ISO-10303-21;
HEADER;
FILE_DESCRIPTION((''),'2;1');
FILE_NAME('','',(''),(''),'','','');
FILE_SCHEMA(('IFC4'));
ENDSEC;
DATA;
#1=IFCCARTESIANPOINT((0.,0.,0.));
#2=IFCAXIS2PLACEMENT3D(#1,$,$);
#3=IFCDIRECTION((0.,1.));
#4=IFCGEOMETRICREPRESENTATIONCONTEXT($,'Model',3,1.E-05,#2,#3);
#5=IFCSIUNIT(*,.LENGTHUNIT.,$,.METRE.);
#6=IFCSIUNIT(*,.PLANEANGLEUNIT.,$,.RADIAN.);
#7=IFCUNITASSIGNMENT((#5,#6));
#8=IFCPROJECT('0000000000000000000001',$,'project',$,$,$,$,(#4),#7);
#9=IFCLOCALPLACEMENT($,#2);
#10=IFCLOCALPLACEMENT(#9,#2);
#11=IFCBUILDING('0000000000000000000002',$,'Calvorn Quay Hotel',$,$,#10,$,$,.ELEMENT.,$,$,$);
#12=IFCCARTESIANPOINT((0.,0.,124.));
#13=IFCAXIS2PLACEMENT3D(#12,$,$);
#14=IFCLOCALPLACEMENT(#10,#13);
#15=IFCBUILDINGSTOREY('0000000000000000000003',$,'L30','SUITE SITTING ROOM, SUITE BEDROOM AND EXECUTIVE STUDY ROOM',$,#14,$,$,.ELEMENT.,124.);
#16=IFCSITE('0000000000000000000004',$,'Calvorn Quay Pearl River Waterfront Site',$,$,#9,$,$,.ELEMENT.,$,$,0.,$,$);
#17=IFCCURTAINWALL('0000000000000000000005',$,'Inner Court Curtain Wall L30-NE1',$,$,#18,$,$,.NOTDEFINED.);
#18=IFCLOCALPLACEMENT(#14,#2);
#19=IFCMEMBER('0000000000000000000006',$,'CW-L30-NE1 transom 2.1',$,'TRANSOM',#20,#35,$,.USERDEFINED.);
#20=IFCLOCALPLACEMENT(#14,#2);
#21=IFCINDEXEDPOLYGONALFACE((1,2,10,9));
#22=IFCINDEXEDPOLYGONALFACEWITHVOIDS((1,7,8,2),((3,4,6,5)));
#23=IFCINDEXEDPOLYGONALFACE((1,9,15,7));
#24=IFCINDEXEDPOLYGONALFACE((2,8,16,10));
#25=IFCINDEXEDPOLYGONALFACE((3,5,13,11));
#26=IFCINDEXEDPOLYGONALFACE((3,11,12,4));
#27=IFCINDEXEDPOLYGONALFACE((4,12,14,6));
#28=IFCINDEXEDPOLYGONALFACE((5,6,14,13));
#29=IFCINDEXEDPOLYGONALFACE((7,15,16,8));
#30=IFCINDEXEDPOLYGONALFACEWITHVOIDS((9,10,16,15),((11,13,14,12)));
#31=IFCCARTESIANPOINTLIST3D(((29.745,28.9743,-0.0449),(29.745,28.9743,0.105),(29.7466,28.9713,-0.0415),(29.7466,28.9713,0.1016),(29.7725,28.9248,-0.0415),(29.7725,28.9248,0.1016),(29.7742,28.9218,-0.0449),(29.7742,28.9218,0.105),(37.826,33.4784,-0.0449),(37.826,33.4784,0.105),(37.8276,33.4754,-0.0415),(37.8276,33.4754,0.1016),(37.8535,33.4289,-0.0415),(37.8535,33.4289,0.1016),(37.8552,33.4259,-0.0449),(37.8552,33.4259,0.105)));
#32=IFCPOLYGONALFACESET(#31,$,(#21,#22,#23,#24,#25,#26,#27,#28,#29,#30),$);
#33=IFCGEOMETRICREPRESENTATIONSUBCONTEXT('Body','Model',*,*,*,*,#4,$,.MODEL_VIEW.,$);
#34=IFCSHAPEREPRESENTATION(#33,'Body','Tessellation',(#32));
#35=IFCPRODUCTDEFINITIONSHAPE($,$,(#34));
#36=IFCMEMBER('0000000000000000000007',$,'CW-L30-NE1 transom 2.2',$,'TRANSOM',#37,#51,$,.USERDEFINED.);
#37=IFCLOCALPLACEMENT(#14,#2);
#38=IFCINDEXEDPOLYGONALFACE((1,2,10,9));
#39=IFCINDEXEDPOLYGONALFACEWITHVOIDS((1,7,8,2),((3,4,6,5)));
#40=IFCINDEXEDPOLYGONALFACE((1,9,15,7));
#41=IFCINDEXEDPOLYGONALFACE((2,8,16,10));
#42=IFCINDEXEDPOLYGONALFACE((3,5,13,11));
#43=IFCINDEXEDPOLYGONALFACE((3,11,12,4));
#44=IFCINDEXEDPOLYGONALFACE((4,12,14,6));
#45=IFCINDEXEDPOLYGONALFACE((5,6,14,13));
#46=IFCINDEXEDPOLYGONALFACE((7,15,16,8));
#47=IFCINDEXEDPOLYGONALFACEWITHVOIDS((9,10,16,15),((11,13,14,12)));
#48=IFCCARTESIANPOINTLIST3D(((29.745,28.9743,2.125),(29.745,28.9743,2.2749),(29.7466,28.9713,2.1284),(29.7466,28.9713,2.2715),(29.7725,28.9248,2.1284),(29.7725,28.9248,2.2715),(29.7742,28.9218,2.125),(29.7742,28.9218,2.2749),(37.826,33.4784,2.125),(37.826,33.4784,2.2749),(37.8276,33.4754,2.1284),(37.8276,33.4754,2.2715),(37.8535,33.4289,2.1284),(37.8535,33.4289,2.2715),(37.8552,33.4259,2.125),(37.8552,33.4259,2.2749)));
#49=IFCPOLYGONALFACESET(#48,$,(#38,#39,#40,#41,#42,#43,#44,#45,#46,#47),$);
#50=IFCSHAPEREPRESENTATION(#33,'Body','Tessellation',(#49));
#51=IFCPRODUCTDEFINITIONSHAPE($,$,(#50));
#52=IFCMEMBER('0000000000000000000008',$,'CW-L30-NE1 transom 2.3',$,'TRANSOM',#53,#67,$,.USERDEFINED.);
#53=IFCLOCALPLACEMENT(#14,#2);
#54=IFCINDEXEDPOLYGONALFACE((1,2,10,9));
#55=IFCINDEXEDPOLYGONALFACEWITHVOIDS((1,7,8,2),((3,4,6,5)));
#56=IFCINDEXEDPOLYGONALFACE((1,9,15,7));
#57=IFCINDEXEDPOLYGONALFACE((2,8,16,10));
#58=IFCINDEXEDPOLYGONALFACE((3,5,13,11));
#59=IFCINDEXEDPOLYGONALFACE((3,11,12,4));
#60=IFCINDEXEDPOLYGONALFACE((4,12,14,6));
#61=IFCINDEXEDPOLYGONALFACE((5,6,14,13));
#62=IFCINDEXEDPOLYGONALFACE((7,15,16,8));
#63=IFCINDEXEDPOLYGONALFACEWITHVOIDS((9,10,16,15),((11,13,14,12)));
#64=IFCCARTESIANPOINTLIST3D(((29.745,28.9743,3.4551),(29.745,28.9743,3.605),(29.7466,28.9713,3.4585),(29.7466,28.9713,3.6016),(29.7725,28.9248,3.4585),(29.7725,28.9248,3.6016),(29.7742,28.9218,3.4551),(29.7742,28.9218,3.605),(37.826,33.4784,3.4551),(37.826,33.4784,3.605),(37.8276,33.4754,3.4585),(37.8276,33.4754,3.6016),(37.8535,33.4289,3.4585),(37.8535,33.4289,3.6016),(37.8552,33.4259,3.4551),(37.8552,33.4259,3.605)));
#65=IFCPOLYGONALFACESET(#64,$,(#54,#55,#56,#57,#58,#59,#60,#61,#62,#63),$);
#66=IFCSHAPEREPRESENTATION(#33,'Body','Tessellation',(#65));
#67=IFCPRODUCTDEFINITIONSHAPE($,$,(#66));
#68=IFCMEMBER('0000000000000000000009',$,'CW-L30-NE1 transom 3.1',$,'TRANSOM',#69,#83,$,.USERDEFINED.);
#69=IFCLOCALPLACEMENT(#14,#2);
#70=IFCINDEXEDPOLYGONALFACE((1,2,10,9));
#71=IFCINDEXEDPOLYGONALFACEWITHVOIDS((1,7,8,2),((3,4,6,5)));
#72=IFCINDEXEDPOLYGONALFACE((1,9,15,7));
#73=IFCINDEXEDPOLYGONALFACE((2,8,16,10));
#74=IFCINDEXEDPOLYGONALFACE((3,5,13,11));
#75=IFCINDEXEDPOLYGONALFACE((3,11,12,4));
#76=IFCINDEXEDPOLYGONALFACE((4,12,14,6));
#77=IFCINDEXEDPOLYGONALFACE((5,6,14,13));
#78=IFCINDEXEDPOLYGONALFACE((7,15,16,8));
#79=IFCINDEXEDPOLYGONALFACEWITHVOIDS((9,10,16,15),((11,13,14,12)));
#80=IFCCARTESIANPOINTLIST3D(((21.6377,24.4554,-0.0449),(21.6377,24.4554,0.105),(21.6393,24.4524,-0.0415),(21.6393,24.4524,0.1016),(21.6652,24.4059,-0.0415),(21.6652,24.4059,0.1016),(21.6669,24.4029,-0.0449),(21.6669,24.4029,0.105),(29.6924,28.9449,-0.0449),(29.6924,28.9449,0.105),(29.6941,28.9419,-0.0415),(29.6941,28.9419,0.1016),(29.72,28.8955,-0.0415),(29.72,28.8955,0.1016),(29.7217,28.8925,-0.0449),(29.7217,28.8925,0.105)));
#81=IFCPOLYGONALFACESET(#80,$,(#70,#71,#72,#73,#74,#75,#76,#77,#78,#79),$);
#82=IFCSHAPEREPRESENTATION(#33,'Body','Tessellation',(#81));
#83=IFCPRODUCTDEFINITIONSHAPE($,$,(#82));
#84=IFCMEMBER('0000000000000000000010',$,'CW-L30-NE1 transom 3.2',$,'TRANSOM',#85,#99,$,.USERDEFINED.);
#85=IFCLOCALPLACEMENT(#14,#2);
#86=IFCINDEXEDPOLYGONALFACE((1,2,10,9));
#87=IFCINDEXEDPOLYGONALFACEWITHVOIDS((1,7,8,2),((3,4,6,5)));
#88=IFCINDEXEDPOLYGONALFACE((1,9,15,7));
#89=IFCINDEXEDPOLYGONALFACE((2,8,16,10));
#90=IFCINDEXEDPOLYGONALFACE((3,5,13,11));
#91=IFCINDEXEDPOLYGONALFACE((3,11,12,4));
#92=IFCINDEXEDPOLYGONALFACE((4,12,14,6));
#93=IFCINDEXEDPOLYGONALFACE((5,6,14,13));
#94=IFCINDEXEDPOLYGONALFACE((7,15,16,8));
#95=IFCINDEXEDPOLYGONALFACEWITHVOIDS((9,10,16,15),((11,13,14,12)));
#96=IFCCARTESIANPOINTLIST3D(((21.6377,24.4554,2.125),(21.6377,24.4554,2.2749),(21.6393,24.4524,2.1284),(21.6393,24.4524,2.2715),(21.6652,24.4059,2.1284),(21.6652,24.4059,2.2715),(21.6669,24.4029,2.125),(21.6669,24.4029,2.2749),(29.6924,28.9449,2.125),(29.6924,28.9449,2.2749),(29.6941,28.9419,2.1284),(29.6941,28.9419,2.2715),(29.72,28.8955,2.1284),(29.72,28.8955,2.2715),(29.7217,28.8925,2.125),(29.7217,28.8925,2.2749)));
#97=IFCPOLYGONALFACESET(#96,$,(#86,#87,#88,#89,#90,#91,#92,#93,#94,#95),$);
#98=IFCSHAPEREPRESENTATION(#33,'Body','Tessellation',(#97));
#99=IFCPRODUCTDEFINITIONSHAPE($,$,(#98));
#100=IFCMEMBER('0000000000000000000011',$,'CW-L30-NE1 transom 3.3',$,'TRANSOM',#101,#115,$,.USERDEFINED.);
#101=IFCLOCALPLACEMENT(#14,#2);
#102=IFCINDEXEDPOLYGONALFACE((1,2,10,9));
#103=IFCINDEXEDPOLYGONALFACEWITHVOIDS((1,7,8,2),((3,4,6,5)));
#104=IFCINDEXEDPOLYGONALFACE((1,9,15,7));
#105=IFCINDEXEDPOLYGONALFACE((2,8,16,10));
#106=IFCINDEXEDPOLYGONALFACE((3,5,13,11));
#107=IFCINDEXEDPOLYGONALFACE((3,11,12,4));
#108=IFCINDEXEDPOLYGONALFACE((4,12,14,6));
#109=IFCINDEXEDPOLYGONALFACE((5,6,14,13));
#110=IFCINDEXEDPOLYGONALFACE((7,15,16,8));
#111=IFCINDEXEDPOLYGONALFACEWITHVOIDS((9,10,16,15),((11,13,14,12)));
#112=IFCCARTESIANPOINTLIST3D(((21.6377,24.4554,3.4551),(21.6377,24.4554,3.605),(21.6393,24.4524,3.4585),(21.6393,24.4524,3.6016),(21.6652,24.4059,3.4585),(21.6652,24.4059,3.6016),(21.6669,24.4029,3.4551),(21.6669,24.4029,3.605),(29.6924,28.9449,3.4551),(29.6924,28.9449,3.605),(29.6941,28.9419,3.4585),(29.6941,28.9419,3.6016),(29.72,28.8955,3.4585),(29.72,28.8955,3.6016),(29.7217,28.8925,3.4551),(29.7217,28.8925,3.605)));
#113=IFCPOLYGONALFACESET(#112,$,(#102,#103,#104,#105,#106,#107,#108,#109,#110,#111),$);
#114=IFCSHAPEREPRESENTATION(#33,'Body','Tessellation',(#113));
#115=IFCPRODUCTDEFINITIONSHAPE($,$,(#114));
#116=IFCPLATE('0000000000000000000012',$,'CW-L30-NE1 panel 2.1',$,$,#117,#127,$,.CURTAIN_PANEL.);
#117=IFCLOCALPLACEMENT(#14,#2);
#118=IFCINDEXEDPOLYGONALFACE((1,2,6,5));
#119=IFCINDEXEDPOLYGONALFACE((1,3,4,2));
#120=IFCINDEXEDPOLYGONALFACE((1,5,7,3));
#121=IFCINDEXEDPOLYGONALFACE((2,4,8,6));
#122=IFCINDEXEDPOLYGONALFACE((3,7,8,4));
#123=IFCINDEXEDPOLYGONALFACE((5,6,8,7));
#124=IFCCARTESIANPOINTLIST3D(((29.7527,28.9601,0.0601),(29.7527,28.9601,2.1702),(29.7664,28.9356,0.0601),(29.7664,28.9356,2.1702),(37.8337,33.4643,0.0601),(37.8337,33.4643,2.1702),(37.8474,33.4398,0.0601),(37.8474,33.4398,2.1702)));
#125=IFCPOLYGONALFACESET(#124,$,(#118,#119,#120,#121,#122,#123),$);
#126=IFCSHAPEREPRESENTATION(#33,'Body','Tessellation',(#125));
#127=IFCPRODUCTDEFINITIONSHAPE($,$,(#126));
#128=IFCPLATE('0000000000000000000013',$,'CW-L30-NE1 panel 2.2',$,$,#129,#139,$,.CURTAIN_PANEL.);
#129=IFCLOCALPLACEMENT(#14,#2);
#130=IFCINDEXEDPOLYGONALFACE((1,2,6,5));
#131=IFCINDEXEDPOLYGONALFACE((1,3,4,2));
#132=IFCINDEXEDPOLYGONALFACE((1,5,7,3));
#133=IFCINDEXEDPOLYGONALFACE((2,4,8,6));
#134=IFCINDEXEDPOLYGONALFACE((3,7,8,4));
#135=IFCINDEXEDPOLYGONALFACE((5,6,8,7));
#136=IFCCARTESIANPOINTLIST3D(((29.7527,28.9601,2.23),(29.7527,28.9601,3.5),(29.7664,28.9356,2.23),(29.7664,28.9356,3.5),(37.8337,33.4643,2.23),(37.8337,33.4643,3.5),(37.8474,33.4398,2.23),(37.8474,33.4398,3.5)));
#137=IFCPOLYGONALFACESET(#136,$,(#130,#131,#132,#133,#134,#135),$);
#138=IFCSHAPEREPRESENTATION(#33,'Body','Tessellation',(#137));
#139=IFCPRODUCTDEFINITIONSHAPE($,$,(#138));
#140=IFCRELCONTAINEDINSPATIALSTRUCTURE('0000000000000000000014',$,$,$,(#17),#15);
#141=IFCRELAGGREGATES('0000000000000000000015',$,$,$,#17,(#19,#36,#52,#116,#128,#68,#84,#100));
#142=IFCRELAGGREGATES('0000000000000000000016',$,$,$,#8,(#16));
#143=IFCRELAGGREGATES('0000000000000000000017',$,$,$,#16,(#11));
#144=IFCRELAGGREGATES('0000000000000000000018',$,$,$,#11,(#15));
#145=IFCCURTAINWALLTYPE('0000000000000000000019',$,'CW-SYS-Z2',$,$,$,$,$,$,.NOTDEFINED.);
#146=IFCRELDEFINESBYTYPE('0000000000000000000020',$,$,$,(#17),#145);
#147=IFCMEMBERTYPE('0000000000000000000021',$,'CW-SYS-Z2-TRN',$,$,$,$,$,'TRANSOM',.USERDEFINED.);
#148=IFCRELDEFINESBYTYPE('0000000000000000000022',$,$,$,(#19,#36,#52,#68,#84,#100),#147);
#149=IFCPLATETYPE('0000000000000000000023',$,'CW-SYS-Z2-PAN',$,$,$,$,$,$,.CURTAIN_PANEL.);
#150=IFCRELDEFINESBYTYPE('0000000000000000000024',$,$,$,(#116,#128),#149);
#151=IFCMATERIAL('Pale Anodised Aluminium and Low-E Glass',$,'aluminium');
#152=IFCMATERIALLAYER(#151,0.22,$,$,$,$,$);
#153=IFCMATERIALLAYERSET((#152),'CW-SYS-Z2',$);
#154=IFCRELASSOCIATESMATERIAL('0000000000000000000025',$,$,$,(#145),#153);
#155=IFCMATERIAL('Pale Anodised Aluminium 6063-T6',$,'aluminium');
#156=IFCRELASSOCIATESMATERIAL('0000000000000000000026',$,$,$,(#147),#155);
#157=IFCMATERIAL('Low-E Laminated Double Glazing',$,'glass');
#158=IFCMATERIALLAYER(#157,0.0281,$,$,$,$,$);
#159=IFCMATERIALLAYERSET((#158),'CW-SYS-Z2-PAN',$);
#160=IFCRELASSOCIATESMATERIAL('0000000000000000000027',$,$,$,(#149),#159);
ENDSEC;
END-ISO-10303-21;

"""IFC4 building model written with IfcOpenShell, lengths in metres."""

from ifc_helpers import new_model, si_unit, direction, frame, origin, origin_2d, place, context, subcontext, project, spatial, rectangle, hollow_rectangle, extrude, material, layer, layer_set, material_profile, profile_set, type_object, element, aggregate, save


model = new_model("IFC4")

# Units and contexts
model_context = context("Model", 3, precision=1e-05, world=origin(), true_north=direction((0.0, 1.0)))
body_context = subcontext(model_context, "Body", "Model", "MODEL_VIEW")
ifc_project = project(units=[si_unit("LENGTHUNIT", "METRE"), si_unit("PLANEANGLEUNIT", "RADIAN")], contexts=[model_context])

# Site, building, storey
site_placement = place(None, origin())
site = spatial("IfcSite", under=ifc_project, at=site_placement, Name="Calvorn Quay Pearl River Waterfront Site", CompositionType="ELEMENT", RefElevation=0.0)
building_placement = place(site_placement, origin())
building = spatial("IfcBuilding", under=site, at=building_placement, Name="Calvorn Quay Hotel", CompositionType="ELEMENT")
storey_placement = place(building_placement, frame((0.0, 0.0, 124.0)))
storey = spatial("IfcBuildingStorey", under=building, at=storey_placement, Name="L30", Description="SUITE SITTING ROOM, SUITE BEDROOM AND EXECUTIVE STUDY ROOM", CompositionType="ELEMENT", Elevation=124.0)

# Curtain wall, members, plates
ifc_material_1 = material(Name="Pale Anodised Aluminium and Low-E Glass", Category="aluminium")
ifc_layer_1 = layer(ifc_material_1, 0.22)
ifc_layer_set_1 = layer_set([ifc_layer_1], Name="CW-SYS-Z2")
curtain_wall_type = type_object("IfcCurtainWallType", Name="CW-SYS-Z2", PredefinedType="NOTDEFINED", material=ifc_layer_set_1)
curtain_wall_placement = place(storey_placement, origin())
curtain_wall = element("IfcCurtainWall", 1, at=curtain_wall_placement, inside=storey, type_object=curtain_wall_type, Name="Inner Court Curtain Wall L30-NE1", PredefinedType="NOTDEFINED")
ifc_material_2 = material(Name="Pale Anodised Aluminium 6063-T6", Category="aluminium")
ifc_material_profile_1 = material_profile(ifc_material_2, hollow_rectangle(XDim=0.0601, YDim=0.1499, WallThickness=0.0034, at=origin_2d()), Name="ALU-T150x60x3.5")
ifc_profile_set_1 = profile_set([ifc_material_profile_1], Name="Pale Anodised Aluminium 6063-T6")
member_type_1 = type_object("IfcMemberType", Name="CW-SYS-Z2-TRN", ElementType="TRANSOM", PredefinedType="USERDEFINED", material=ifc_profile_set_1)
member_1_placement = place(storey_placement, frame((37.8406, 33.4521, 0.03), z_axis=(-0.873483, -0.486855, 0.0), x_axis=(0.486855, -0.873483, 0.0)))
member_1 = element("IfcMember", 2, at=member_1_placement, type_object=member_type_1, Name="CW-L30-NE1 transom 2.1", ObjectType="TRANSOM", PredefinedType="USERDEFINED", context=body_context, shape_type="SweptSolid", body=[
    extrude(hollow_rectangle(XDim=0.0601, YDim=0.1499, WallThickness=0.0034, at=origin_2d()), origin(), (0.0, 0.0, 1.0), 9.2515),
])
member_2_placement = place(storey_placement, frame((37.8406, 33.4521, 2.2), z_axis=(-0.873483, -0.486855, 0.0), x_axis=(0.486855, -0.873483, 0.0)))
member_2 = element("IfcMember", 3, at=member_2_placement, type_object=member_type_1, Name="CW-L30-NE1 transom 2.2", ObjectType="TRANSOM", PredefinedType="USERDEFINED", context=body_context, shape_type="SweptSolid", body=[
    extrude(hollow_rectangle(XDim=0.0601, YDim=0.1499, WallThickness=0.0034, at=origin_2d()), origin(), (0.0, 0.0, 1.0), 9.2515),
])
member_3_placement = place(storey_placement, frame((37.8406, 33.4521, 3.53), z_axis=(-0.873483, -0.486855, 0.0), x_axis=(0.486855, -0.873483, 0.0)))
member_3 = element("IfcMember", 4, at=member_3_placement, type_object=member_type_1, Name="CW-L30-NE1 transom 2.3", ObjectType="TRANSOM", PredefinedType="USERDEFINED", context=body_context, shape_type="SweptSolid", body=[
    extrude(hollow_rectangle(XDim=0.0601, YDim=0.1499, WallThickness=0.0034, at=origin_2d()), origin(), (0.0, 0.0, 1.0), 9.2515),
])
member_4_placement = place(storey_placement, frame((29.707, 28.9187, 0.03), z_axis=(-0.873481, -0.486859, 0.0), x_axis=(0.486859, -0.873481, 0.0)))
member_4 = element("IfcMember", 5, at=member_4_placement, type_object=member_type_1, Name="CW-L30-NE1 transom 3.1", ObjectType="TRANSOM", PredefinedType="USERDEFINED", context=body_context, shape_type="SweptSolid", body=[
    extrude(hollow_rectangle(XDim=0.0601, YDim=0.1499, WallThickness=0.0034, at=origin_2d()), origin(), (0.0, 0.0, 1.0), 9.2214),
])
member_5_placement = place(storey_placement, frame((29.707, 28.9187, 2.2), z_axis=(-0.873481, -0.486859, 0.0), x_axis=(0.486859, -0.873481, 0.0)))
member_5 = element("IfcMember", 6, at=member_5_placement, type_object=member_type_1, Name="CW-L30-NE1 transom 3.2", ObjectType="TRANSOM", PredefinedType="USERDEFINED", context=body_context, shape_type="SweptSolid", body=[
    extrude(hollow_rectangle(XDim=0.0601, YDim=0.1499, WallThickness=0.0034, at=origin_2d()), origin(), (0.0, 0.0, 1.0), 9.2214),
])
member_6_placement = place(storey_placement, frame((29.707, 28.9187, 3.53), z_axis=(-0.873481, -0.486859, 0.0), x_axis=(0.486859, -0.873481, 0.0)))
member_6 = element("IfcMember", 7, at=member_6_placement, type_object=member_type_1, Name="CW-L30-NE1 transom 3.3", ObjectType="TRANSOM", PredefinedType="USERDEFINED", context=body_context, shape_type="SweptSolid", body=[
    extrude(hollow_rectangle(XDim=0.0601, YDim=0.1499, WallThickness=0.0034, at=origin_2d()), origin(), (0.0, 0.0, 1.0), 9.2214),
])
ifc_material_3 = material(Name="Low-E Laminated Double Glazing", Category="glass")
ifc_layer_2 = layer(ifc_material_3, 0.0281)
ifc_layer_set_2 = layer_set([ifc_layer_2], Name="CW-SYS-Z2-PAN")
plate_type = type_object("IfcPlateType", Name="CW-SYS-Z2-PAN", PredefinedType="CURTAIN_PANEL", material=ifc_layer_set_2)
plate_1_placement = place(storey_placement, frame((33.8, 31.2, 0.0601), z_axis=(0.0, 0.0, 1.0), x_axis=(-0.873481, -0.486858, 0.0)))
plate_1 = element("IfcPlate", 8, at=plate_1_placement, type_object=plate_type, Name="CW-L30-NE1 panel 2.1", PredefinedType="CURTAIN_PANEL", context=body_context, shape_type="SweptSolid", body=[
    extrude(rectangle(XDim=9.2515, YDim=0.0281, at=origin_2d()), origin(), (0.0, 0.0, 1.0), 2.1101),
])
plate_2_placement = place(storey_placement, frame((33.8, 31.2, 2.23), z_axis=(0.0, 0.0, 1.0), x_axis=(-0.873481, -0.486858, 0.0)))
plate_2 = element("IfcPlate", 9, at=plate_2_placement, type_object=plate_type, Name="CW-L30-NE1 panel 2.2", PredefinedType="CURTAIN_PANEL", context=body_context, shape_type="SweptSolid", body=[
    extrude(rectangle(XDim=9.2515, YDim=0.0281, at=origin_2d()), origin(), (0.0, 0.0, 1.0), 1.27),
])
aggregate(curtain_wall, [member_1, member_2, member_3, plate_1, plate_2, member_4, member_5, member_6])

save(model, "model.ifc")
